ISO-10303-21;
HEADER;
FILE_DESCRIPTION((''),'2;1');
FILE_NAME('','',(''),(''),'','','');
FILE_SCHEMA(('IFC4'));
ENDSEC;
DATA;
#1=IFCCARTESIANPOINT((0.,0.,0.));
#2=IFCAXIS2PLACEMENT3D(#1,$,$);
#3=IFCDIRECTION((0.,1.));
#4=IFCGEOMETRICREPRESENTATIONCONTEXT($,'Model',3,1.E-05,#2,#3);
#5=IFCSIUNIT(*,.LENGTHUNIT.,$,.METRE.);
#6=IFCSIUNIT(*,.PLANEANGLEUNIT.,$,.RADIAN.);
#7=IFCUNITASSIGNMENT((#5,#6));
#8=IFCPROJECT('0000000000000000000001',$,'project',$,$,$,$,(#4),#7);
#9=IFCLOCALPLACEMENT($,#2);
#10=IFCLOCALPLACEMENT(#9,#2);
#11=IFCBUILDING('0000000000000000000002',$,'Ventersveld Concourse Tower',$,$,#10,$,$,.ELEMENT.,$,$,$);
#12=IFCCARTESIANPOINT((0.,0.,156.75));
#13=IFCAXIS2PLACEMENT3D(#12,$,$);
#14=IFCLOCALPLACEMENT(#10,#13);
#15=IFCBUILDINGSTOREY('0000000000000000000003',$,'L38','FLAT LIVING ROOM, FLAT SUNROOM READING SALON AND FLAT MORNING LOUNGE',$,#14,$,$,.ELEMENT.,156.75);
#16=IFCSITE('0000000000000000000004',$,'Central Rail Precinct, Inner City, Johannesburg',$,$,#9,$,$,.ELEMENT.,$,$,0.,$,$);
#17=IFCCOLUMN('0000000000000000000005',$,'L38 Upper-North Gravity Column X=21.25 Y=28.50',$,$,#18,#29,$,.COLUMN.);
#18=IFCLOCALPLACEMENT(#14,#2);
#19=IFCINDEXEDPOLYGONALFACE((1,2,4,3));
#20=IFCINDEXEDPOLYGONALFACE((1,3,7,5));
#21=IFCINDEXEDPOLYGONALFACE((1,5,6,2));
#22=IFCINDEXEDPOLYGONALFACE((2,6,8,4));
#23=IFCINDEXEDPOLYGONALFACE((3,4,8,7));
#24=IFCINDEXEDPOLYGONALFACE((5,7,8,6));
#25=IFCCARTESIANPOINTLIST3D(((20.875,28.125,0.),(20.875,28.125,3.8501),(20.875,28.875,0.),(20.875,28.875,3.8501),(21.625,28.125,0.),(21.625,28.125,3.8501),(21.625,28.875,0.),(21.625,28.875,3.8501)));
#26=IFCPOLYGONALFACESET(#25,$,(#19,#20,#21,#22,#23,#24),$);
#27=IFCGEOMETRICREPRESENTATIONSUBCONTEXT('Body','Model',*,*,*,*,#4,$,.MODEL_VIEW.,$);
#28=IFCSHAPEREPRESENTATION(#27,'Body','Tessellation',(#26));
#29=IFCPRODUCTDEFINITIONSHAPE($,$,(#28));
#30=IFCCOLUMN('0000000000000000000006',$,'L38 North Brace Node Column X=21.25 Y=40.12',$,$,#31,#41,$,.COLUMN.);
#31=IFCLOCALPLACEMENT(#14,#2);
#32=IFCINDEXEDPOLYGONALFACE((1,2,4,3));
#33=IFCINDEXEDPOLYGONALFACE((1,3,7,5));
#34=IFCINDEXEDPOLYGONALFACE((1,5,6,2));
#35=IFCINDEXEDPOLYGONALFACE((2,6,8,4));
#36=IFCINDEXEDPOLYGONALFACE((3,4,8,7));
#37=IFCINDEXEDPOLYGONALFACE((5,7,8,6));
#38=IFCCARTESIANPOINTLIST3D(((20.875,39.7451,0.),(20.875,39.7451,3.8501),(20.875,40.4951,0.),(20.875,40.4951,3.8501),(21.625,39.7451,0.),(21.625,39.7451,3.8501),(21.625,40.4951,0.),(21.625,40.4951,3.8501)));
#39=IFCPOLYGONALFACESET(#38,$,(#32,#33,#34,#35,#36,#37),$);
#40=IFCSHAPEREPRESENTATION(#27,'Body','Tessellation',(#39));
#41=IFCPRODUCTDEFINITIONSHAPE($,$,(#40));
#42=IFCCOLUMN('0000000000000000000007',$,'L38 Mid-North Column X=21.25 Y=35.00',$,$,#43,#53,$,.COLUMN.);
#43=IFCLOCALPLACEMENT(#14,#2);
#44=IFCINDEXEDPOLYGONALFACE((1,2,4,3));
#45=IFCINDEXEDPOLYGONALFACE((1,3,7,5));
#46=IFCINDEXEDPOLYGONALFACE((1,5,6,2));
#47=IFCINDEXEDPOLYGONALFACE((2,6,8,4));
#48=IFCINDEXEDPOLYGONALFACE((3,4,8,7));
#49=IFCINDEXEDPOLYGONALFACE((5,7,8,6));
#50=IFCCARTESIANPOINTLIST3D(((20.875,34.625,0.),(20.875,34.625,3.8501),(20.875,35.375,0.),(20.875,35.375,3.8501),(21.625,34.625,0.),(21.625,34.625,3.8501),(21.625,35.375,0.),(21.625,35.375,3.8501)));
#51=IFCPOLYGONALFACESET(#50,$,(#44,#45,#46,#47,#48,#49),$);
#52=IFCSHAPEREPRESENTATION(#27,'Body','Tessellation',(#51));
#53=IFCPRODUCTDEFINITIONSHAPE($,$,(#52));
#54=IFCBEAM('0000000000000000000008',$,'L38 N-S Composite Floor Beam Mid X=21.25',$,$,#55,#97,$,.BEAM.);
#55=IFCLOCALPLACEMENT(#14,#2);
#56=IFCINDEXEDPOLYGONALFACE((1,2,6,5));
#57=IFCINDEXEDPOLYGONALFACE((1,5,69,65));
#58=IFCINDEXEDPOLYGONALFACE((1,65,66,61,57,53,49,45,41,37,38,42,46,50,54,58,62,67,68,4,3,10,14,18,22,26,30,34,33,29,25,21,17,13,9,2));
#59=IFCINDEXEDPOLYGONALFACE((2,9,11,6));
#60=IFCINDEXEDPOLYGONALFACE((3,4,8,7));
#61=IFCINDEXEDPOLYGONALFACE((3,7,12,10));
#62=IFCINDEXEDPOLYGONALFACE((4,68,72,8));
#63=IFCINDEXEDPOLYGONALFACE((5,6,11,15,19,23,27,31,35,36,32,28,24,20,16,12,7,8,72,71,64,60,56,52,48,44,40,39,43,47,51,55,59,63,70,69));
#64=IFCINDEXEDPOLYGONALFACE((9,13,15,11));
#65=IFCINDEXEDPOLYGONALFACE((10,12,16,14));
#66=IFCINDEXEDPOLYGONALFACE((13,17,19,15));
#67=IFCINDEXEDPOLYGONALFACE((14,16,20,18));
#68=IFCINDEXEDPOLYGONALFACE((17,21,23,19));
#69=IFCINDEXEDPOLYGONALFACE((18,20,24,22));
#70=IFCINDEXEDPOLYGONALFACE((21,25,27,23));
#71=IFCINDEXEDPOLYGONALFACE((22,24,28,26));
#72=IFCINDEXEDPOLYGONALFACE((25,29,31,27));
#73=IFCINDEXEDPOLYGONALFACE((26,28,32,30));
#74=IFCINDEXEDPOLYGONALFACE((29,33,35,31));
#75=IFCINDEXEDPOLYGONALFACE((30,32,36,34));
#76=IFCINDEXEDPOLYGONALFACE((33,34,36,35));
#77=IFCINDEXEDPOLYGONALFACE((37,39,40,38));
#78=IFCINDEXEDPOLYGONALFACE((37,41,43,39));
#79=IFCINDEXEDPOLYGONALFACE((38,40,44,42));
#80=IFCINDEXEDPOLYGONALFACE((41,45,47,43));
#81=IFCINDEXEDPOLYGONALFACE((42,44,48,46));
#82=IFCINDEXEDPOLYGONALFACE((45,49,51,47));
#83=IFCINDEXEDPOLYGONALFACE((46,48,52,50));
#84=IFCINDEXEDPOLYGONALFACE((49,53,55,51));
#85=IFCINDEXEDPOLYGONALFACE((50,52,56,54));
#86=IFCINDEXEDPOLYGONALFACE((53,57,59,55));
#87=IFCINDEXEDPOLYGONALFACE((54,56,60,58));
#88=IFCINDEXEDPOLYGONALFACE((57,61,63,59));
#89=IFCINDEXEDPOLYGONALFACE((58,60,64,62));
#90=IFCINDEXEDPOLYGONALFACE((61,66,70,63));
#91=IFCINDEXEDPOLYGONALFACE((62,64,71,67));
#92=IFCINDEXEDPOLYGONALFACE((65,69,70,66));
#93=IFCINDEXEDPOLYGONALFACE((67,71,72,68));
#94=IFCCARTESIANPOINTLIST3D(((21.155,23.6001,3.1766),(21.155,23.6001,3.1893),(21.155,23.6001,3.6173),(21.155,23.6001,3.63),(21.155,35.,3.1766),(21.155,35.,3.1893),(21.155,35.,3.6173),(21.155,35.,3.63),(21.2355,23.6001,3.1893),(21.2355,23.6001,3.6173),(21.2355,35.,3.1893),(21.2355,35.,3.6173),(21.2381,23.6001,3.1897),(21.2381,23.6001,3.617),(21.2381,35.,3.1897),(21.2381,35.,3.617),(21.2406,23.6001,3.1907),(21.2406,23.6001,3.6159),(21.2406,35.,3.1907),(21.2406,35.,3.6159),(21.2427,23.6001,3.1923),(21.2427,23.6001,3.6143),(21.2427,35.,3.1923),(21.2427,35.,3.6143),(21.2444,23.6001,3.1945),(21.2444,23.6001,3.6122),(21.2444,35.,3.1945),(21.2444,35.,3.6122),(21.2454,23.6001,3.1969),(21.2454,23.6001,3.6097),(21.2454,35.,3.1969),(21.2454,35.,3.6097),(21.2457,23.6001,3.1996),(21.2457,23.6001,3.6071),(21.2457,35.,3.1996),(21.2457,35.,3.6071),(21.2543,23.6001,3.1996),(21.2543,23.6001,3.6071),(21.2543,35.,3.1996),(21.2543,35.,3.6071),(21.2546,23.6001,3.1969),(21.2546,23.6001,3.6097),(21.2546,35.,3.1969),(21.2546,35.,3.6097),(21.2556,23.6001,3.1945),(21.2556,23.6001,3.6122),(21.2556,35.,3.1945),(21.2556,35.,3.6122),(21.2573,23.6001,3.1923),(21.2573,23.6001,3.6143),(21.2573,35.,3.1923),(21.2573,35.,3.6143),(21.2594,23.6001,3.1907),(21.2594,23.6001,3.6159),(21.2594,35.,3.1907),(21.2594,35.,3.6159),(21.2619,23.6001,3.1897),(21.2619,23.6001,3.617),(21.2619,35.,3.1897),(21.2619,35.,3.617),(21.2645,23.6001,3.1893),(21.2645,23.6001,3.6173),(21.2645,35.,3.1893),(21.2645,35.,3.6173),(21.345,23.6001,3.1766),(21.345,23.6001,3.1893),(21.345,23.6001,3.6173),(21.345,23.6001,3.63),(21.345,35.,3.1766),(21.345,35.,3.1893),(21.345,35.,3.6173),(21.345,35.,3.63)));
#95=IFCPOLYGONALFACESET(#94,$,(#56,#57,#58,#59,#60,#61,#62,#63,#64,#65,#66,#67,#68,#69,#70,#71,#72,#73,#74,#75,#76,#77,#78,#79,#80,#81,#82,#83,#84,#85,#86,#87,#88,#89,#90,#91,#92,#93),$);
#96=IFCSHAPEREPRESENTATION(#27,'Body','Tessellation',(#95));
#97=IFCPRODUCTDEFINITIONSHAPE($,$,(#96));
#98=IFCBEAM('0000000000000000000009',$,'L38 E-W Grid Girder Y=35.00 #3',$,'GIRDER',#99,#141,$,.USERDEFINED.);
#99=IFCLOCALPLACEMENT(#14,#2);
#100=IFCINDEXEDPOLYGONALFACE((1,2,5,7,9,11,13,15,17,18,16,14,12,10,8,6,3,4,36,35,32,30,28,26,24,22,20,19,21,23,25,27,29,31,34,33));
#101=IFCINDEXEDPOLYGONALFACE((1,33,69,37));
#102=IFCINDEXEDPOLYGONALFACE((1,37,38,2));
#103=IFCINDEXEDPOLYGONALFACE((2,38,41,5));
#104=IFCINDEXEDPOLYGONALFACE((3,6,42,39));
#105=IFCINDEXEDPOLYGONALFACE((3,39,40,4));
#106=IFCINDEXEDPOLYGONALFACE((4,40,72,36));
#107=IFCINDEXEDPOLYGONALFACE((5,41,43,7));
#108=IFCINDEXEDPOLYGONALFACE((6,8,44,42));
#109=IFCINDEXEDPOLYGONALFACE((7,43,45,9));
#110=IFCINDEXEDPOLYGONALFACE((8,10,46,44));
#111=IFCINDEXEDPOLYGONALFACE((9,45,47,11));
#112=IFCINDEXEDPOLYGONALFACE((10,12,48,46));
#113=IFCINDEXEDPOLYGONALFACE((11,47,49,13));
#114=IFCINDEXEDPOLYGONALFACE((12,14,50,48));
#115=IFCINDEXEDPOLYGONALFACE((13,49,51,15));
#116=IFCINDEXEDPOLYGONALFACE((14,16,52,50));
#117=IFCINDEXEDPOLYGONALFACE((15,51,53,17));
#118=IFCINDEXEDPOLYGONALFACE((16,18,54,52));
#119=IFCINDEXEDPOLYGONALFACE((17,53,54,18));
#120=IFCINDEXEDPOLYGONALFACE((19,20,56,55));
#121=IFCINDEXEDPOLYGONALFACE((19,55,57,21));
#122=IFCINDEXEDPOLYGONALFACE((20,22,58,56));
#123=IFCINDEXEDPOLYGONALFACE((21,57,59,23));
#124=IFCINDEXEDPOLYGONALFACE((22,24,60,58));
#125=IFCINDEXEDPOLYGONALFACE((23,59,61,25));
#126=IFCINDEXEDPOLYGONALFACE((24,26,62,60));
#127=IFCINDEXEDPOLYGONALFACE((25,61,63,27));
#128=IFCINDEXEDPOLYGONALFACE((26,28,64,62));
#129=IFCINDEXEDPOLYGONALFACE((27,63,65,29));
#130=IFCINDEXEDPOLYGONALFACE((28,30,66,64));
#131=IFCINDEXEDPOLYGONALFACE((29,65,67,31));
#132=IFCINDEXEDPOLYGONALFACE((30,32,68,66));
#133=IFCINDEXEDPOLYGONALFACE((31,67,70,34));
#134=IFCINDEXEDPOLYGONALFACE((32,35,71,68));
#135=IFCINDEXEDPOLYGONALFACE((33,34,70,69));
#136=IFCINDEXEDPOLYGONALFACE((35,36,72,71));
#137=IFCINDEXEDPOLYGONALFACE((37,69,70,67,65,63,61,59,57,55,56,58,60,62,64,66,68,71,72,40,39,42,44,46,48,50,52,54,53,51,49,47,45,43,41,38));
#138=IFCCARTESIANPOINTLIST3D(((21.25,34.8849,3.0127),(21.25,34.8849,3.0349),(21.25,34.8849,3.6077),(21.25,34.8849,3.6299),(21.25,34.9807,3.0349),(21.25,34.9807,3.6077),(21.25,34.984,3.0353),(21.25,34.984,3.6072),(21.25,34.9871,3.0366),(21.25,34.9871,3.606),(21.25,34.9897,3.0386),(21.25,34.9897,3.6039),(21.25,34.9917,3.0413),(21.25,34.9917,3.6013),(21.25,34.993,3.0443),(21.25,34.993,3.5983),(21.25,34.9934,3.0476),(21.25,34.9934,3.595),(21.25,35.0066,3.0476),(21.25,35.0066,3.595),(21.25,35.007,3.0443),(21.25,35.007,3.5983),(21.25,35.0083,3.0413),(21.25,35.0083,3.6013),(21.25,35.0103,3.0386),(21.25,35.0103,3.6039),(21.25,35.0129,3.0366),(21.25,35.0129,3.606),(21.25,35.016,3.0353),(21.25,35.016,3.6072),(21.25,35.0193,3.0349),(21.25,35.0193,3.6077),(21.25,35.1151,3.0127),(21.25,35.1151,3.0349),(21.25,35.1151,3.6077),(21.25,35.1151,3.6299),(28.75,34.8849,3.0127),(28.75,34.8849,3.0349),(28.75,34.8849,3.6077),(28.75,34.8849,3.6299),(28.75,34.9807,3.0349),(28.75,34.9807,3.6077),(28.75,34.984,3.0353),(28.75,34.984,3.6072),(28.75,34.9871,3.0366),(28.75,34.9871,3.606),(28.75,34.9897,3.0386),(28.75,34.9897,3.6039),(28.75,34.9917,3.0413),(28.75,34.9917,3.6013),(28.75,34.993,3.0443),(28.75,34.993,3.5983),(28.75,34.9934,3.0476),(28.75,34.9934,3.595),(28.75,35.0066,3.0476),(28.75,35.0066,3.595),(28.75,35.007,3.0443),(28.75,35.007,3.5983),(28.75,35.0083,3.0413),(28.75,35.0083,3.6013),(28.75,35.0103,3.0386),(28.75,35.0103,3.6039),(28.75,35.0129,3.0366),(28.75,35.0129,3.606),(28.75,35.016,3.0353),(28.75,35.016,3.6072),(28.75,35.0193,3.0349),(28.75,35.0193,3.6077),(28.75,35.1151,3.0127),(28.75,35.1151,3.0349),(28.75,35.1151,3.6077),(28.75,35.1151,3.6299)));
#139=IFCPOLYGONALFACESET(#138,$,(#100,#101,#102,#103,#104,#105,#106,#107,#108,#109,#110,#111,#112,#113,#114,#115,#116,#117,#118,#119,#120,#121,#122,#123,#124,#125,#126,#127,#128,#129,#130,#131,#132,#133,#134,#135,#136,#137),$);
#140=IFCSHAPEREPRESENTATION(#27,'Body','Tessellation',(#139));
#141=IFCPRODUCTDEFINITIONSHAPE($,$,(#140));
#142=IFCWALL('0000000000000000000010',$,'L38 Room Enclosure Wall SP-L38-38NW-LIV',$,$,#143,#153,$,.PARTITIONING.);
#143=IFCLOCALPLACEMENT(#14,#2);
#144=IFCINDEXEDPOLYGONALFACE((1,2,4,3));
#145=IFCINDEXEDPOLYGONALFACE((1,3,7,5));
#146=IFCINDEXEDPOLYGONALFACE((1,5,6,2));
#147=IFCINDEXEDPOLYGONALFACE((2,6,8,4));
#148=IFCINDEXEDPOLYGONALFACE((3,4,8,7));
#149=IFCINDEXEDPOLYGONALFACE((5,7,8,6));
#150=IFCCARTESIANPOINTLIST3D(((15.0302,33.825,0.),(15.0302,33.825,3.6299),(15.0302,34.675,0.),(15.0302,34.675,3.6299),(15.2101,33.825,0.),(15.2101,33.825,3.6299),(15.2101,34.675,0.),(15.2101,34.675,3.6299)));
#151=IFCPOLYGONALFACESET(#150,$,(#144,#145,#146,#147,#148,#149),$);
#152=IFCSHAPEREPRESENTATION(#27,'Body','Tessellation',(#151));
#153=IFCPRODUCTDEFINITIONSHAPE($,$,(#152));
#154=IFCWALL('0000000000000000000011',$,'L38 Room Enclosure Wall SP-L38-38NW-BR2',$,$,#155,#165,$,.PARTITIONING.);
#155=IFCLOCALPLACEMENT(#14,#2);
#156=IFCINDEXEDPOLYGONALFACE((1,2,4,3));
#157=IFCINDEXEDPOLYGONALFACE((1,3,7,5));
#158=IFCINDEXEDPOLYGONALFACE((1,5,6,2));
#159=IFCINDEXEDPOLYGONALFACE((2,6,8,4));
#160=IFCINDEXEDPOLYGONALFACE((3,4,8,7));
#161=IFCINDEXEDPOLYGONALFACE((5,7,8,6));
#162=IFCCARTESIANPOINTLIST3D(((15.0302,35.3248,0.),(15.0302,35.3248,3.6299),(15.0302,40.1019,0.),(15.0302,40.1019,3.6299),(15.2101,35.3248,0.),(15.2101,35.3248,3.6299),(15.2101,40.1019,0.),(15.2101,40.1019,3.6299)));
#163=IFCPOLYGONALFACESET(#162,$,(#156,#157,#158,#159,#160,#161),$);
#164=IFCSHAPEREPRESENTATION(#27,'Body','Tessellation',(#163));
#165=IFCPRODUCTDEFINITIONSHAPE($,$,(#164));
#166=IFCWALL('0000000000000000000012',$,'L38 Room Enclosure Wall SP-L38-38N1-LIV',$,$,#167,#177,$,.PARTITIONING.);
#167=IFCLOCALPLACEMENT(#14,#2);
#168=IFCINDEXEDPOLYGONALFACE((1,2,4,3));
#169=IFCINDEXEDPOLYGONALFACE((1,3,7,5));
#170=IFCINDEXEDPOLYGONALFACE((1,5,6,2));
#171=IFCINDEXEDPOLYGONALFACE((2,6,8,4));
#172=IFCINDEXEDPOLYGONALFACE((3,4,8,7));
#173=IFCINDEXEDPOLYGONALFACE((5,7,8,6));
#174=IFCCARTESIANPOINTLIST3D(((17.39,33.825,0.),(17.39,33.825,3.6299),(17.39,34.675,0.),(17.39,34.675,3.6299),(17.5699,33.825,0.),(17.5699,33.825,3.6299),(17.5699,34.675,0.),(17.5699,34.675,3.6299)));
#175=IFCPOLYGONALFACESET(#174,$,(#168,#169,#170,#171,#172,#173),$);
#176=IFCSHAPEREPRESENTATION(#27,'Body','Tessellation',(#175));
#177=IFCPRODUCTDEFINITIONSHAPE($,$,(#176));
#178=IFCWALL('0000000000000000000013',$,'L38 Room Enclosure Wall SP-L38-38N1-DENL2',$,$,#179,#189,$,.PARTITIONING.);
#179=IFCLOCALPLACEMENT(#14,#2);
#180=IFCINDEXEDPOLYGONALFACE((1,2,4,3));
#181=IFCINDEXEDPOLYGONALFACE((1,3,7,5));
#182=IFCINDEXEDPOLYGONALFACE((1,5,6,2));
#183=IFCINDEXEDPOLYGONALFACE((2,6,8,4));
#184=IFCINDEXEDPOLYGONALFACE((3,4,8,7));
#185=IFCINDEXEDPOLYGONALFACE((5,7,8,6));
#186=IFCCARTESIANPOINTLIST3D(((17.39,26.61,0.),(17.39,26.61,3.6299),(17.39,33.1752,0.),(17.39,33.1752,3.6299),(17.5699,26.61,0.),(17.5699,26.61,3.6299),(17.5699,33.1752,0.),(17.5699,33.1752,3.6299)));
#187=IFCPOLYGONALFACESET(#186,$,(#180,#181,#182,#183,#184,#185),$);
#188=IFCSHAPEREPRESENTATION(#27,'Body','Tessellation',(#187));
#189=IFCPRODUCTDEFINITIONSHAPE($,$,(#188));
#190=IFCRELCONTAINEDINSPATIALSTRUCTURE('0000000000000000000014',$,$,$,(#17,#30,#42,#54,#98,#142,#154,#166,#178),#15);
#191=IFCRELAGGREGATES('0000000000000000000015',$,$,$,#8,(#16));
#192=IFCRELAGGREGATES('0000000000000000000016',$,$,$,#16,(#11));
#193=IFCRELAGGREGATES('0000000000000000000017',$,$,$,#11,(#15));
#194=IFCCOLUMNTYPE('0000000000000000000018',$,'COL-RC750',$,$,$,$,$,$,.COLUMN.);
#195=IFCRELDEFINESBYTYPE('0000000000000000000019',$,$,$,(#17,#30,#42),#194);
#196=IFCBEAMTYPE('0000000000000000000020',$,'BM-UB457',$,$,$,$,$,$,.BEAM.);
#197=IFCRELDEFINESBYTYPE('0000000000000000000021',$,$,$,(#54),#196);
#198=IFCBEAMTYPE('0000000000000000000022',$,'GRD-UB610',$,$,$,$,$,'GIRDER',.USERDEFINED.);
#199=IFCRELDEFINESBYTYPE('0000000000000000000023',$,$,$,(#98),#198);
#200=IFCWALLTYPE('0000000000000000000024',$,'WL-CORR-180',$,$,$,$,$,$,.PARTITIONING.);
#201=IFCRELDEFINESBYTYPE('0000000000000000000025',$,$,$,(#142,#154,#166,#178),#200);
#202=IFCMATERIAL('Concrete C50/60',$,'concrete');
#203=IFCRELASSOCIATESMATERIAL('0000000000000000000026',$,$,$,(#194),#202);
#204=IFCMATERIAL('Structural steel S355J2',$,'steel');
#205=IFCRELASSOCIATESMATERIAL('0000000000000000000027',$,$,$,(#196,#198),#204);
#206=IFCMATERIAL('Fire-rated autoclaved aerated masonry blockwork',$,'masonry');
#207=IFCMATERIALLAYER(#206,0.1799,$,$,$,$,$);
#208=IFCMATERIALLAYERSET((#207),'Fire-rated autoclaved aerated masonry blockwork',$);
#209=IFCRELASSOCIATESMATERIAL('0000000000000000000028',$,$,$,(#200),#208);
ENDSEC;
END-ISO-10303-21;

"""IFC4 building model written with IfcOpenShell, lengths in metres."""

from ifc_helpers import new_model, si_unit, direction, frame, frame_2d, origin, origin_2d, place, context, subcontext, project, spatial, rectangle, i_section, extrude, material, layer, layer_set, material_profile, profile_set, type_object, element, save


model = new_model("IFC4")

# Units and contexts
model_context = context("Model", 3, precision=1e-05, world=origin(), true_north=direction((0.0, 1.0)))
body_context = subcontext(model_context, "Body", "Model", "MODEL_VIEW")
ifc_project = project(units=[si_unit("LENGTHUNIT", "METRE"), si_unit("PLANEANGLEUNIT", "RADIAN")], contexts=[model_context])

# Site, building, storey
site_placement = place(None, origin())
site = spatial("IfcSite", under=ifc_project, at=site_placement, Name="Central Rail Precinct, Inner City, Johannesburg", CompositionType="ELEMENT", RefElevation=0.0)
building_placement = place(site_placement, origin())
building = spatial("IfcBuilding", under=site, at=building_placement, Name="Ventersveld Concourse Tower", CompositionType="ELEMENT")
storey_placement = place(building_placement, frame((0.0, 0.0, 156.75)))
storey = spatial("IfcBuildingStorey", under=building, at=storey_placement, Name="L38", Description="FLAT LIVING ROOM, FLAT SUNROOM READING SALON AND FLAT MORNING LOUNGE", CompositionType="ELEMENT", Elevation=156.75)

# Columns
ifc_material_1 = material(Name="Concrete C50/60", Category="concrete")
ifc_material_profile_1 = material_profile(ifc_material_1, rectangle(XDim=0.75, YDim=0.75, at=origin_2d()), Name="RC 750x750")
ifc_profile_set_1 = profile_set([ifc_material_profile_1], Name="Concrete C50/60")
column_type = type_object("IfcColumnType", Name="COL-RC750", PredefinedType="COLUMN", material=ifc_profile_set_1)
for number, where, z_axis, x_axis, name in (
    (1, (21.25, 28.5, 0.0), (0.0, 0.0, 1.0), (1.0, 0.0, 0.0), "L38 Upper-North Gravity Column X=21.25 Y=28.50"),
    (2, (21.25, 40.1201, 0.0), (0.0, 0.0, 1.0), (1.0, 0.0, 0.0), "L38 North Brace Node Column X=21.25 Y=40.12"),
    (3, (21.25, 35.0, 0.0), (0.0, 0.0, 1.0), (1.0, 0.0, 0.0), "L38 Mid-North Column X=21.25 Y=35.00"),
):
    element("IfcColumn", number, at=place(storey_placement, frame(where, z_axis=z_axis, x_axis=x_axis)), inside=storey, type_object=column_type, Name=name, PredefinedType="COLUMN", context=body_context, shape_type="SweptSolid", body=[
        extrude(rectangle(XDim=0.75, YDim=0.75, at=origin_2d()), origin(), (0.0, 0.0, 1.0), 3.8501),
    ])

# Beams
ifc_material_2 = material(Name="Structural steel S355J2", Category="steel")
ifc_material_profile_2 = material_profile(ifc_material_2, i_section(OverallWidth=0.1899, OverallDepth=0.4534, WebThickness=0.0085, FlangeThickness=0.0127, FilletRadius=0.0103, at=origin_2d()), Name="UB 457x191x67")
ifc_profile_set_2 = profile_set([ifc_material_profile_2], Name="Structural steel S355J2")
beam_type_1 = type_object("IfcBeamType", Name="BM-UB457", PredefinedType="BEAM", material=ifc_profile_set_2)
beam_1_placement = place(storey_placement, frame((21.25, 23.6001, 3.4033), z_axis=(0.0, 1.0, 0.0), x_axis=(-1.0, 0.0, 0.0)))
element("IfcBeam", 4, at=beam_1_placement, inside=storey, type_object=beam_type_1, Name="L38 N-S Composite Floor Beam Mid X=21.25", PredefinedType="BEAM", context=body_context, shape_type="SweptSolid", body=[
    extrude(i_section(OverallWidth=0.1899, OverallDepth=0.4534, WebThickness=0.0085, FlangeThickness=0.0127, FilletRadius=0.0103, at=origin_2d()), origin(), (0.0, 0.0, 1.0), 11.3999),
])
ifc_material_profile_3 = material_profile(ifc_material_2, i_section(OverallWidth=0.2302, OverallDepth=0.6172, WebThickness=0.0132, FlangeThickness=0.0222, FilletRadius=0.0127, at=origin_2d()), Name="UB 610x229x140")
ifc_profile_set_3 = profile_set([ifc_material_profile_3], Name="Structural steel S355J2")
beam_type_2 = type_object("IfcBeamType", Name="GRD-UB610", ElementType="GIRDER", PredefinedType="USERDEFINED", material=ifc_profile_set_3)
beam_2_placement = place(storey_placement, frame((21.25, 35.0, 3.3213), z_axis=(1.0, 0.0, 0.0), x_axis=(0.0, 1.0, 0.0)))
element("IfcBeam", 5, at=beam_2_placement, inside=storey, type_object=beam_type_2, Name="L38 E-W Grid Girder Y=35.00 #3", ObjectType="GIRDER", PredefinedType="USERDEFINED", context=body_context, shape_type="SweptSolid", body=[
    extrude(i_section(OverallWidth=0.2302, OverallDepth=0.6172, WebThickness=0.0132, FlangeThickness=0.0222, FilletRadius=0.0127, at=origin_2d()), origin(), (0.0, 0.0, 1.0), 7.5),
])

# Walls
ifc_material_3 = material(Name="Fire-rated autoclaved aerated masonry blockwork", Category="masonry")
ifc_layer_1 = layer(ifc_material_3, 0.1799)
ifc_layer_set_1 = layer_set([ifc_layer_1], Name="Fire-rated autoclaved aerated masonry blockwork")
wall_type_1 = type_object("IfcWallType", Name="WL-CORR-180", PredefinedType="PARTITIONING", material=ifc_layer_set_1)
wall_1_placement = place(storey_placement, frame((15.1201, 34.675, 0.0), z_axis=(0.0, 0.0, 1.0), x_axis=(0.0, -1.0, 0.0)))
element("IfcWall", 6, at=wall_1_placement, inside=storey, type_object=wall_type_1, Name="L38 Room Enclosure Wall SP-L38-38NW-LIV", PredefinedType="PARTITIONING", context=body_context, shape_type="SweptSolid", body=[
    extrude(rectangle(XDim=0.8501, YDim=0.1799, at=frame_2d((0.425, 0.0))), origin(), (0.0, 0.0, 1.0), 3.6299),
])
wall_2_placement = place(storey_placement, frame((15.1201, 40.1021, 0.0), z_axis=(0.0, 0.0, 1.0), x_axis=(0.0, -1.0, 0.0)))
element("IfcWall", 7, at=wall_2_placement, inside=storey, type_object=wall_type_1, Name="L38 Room Enclosure Wall SP-L38-38NW-BR2", PredefinedType="PARTITIONING", context=body_context, shape_type="SweptSolid", body=[
    extrude(rectangle(XDim=4.7771, YDim=0.1799, at=frame_2d((2.3887, 0.0))), origin(), (0.0, 0.0, 1.0), 3.6299),
])
wall_3_placement = place(storey_placement, frame((17.48, 33.825, 0.0), z_axis=(0.0, 0.0, 1.0), x_axis=(0.0, 1.0, 0.0)))
element("IfcWall", 8, at=wall_3_placement, inside=storey, type_object=wall_type_1, Name="L38 Room Enclosure Wall SP-L38-38N1-LIV", PredefinedType="PARTITIONING", context=body_context, shape_type="SweptSolid", body=[
    extrude(rectangle(XDim=0.8501, YDim=0.1799, at=frame_2d((0.425, 0.0))), origin(), (0.0, 0.0, 1.0), 3.6299),
])
wall_4_placement = place(storey_placement, frame((17.48, 26.6099, 0.0), z_axis=(0.0, 0.0, 1.0), x_axis=(0.0, 1.0, 0.0)))
element("IfcWall", 9, at=wall_4_placement, inside=storey, type_object=wall_type_1, Name="L38 Room Enclosure Wall SP-L38-38N1-DENL2", PredefinedType="PARTITIONING", context=body_context, shape_type="SweptSolid", body=[
    extrude(rectangle(XDim=6.5652, YDim=0.1799, at=frame_2d((3.2827, 0.0))), origin(), (0.0, 0.0, 1.0), 3.6299),
])

save(model, "model.ifc")
